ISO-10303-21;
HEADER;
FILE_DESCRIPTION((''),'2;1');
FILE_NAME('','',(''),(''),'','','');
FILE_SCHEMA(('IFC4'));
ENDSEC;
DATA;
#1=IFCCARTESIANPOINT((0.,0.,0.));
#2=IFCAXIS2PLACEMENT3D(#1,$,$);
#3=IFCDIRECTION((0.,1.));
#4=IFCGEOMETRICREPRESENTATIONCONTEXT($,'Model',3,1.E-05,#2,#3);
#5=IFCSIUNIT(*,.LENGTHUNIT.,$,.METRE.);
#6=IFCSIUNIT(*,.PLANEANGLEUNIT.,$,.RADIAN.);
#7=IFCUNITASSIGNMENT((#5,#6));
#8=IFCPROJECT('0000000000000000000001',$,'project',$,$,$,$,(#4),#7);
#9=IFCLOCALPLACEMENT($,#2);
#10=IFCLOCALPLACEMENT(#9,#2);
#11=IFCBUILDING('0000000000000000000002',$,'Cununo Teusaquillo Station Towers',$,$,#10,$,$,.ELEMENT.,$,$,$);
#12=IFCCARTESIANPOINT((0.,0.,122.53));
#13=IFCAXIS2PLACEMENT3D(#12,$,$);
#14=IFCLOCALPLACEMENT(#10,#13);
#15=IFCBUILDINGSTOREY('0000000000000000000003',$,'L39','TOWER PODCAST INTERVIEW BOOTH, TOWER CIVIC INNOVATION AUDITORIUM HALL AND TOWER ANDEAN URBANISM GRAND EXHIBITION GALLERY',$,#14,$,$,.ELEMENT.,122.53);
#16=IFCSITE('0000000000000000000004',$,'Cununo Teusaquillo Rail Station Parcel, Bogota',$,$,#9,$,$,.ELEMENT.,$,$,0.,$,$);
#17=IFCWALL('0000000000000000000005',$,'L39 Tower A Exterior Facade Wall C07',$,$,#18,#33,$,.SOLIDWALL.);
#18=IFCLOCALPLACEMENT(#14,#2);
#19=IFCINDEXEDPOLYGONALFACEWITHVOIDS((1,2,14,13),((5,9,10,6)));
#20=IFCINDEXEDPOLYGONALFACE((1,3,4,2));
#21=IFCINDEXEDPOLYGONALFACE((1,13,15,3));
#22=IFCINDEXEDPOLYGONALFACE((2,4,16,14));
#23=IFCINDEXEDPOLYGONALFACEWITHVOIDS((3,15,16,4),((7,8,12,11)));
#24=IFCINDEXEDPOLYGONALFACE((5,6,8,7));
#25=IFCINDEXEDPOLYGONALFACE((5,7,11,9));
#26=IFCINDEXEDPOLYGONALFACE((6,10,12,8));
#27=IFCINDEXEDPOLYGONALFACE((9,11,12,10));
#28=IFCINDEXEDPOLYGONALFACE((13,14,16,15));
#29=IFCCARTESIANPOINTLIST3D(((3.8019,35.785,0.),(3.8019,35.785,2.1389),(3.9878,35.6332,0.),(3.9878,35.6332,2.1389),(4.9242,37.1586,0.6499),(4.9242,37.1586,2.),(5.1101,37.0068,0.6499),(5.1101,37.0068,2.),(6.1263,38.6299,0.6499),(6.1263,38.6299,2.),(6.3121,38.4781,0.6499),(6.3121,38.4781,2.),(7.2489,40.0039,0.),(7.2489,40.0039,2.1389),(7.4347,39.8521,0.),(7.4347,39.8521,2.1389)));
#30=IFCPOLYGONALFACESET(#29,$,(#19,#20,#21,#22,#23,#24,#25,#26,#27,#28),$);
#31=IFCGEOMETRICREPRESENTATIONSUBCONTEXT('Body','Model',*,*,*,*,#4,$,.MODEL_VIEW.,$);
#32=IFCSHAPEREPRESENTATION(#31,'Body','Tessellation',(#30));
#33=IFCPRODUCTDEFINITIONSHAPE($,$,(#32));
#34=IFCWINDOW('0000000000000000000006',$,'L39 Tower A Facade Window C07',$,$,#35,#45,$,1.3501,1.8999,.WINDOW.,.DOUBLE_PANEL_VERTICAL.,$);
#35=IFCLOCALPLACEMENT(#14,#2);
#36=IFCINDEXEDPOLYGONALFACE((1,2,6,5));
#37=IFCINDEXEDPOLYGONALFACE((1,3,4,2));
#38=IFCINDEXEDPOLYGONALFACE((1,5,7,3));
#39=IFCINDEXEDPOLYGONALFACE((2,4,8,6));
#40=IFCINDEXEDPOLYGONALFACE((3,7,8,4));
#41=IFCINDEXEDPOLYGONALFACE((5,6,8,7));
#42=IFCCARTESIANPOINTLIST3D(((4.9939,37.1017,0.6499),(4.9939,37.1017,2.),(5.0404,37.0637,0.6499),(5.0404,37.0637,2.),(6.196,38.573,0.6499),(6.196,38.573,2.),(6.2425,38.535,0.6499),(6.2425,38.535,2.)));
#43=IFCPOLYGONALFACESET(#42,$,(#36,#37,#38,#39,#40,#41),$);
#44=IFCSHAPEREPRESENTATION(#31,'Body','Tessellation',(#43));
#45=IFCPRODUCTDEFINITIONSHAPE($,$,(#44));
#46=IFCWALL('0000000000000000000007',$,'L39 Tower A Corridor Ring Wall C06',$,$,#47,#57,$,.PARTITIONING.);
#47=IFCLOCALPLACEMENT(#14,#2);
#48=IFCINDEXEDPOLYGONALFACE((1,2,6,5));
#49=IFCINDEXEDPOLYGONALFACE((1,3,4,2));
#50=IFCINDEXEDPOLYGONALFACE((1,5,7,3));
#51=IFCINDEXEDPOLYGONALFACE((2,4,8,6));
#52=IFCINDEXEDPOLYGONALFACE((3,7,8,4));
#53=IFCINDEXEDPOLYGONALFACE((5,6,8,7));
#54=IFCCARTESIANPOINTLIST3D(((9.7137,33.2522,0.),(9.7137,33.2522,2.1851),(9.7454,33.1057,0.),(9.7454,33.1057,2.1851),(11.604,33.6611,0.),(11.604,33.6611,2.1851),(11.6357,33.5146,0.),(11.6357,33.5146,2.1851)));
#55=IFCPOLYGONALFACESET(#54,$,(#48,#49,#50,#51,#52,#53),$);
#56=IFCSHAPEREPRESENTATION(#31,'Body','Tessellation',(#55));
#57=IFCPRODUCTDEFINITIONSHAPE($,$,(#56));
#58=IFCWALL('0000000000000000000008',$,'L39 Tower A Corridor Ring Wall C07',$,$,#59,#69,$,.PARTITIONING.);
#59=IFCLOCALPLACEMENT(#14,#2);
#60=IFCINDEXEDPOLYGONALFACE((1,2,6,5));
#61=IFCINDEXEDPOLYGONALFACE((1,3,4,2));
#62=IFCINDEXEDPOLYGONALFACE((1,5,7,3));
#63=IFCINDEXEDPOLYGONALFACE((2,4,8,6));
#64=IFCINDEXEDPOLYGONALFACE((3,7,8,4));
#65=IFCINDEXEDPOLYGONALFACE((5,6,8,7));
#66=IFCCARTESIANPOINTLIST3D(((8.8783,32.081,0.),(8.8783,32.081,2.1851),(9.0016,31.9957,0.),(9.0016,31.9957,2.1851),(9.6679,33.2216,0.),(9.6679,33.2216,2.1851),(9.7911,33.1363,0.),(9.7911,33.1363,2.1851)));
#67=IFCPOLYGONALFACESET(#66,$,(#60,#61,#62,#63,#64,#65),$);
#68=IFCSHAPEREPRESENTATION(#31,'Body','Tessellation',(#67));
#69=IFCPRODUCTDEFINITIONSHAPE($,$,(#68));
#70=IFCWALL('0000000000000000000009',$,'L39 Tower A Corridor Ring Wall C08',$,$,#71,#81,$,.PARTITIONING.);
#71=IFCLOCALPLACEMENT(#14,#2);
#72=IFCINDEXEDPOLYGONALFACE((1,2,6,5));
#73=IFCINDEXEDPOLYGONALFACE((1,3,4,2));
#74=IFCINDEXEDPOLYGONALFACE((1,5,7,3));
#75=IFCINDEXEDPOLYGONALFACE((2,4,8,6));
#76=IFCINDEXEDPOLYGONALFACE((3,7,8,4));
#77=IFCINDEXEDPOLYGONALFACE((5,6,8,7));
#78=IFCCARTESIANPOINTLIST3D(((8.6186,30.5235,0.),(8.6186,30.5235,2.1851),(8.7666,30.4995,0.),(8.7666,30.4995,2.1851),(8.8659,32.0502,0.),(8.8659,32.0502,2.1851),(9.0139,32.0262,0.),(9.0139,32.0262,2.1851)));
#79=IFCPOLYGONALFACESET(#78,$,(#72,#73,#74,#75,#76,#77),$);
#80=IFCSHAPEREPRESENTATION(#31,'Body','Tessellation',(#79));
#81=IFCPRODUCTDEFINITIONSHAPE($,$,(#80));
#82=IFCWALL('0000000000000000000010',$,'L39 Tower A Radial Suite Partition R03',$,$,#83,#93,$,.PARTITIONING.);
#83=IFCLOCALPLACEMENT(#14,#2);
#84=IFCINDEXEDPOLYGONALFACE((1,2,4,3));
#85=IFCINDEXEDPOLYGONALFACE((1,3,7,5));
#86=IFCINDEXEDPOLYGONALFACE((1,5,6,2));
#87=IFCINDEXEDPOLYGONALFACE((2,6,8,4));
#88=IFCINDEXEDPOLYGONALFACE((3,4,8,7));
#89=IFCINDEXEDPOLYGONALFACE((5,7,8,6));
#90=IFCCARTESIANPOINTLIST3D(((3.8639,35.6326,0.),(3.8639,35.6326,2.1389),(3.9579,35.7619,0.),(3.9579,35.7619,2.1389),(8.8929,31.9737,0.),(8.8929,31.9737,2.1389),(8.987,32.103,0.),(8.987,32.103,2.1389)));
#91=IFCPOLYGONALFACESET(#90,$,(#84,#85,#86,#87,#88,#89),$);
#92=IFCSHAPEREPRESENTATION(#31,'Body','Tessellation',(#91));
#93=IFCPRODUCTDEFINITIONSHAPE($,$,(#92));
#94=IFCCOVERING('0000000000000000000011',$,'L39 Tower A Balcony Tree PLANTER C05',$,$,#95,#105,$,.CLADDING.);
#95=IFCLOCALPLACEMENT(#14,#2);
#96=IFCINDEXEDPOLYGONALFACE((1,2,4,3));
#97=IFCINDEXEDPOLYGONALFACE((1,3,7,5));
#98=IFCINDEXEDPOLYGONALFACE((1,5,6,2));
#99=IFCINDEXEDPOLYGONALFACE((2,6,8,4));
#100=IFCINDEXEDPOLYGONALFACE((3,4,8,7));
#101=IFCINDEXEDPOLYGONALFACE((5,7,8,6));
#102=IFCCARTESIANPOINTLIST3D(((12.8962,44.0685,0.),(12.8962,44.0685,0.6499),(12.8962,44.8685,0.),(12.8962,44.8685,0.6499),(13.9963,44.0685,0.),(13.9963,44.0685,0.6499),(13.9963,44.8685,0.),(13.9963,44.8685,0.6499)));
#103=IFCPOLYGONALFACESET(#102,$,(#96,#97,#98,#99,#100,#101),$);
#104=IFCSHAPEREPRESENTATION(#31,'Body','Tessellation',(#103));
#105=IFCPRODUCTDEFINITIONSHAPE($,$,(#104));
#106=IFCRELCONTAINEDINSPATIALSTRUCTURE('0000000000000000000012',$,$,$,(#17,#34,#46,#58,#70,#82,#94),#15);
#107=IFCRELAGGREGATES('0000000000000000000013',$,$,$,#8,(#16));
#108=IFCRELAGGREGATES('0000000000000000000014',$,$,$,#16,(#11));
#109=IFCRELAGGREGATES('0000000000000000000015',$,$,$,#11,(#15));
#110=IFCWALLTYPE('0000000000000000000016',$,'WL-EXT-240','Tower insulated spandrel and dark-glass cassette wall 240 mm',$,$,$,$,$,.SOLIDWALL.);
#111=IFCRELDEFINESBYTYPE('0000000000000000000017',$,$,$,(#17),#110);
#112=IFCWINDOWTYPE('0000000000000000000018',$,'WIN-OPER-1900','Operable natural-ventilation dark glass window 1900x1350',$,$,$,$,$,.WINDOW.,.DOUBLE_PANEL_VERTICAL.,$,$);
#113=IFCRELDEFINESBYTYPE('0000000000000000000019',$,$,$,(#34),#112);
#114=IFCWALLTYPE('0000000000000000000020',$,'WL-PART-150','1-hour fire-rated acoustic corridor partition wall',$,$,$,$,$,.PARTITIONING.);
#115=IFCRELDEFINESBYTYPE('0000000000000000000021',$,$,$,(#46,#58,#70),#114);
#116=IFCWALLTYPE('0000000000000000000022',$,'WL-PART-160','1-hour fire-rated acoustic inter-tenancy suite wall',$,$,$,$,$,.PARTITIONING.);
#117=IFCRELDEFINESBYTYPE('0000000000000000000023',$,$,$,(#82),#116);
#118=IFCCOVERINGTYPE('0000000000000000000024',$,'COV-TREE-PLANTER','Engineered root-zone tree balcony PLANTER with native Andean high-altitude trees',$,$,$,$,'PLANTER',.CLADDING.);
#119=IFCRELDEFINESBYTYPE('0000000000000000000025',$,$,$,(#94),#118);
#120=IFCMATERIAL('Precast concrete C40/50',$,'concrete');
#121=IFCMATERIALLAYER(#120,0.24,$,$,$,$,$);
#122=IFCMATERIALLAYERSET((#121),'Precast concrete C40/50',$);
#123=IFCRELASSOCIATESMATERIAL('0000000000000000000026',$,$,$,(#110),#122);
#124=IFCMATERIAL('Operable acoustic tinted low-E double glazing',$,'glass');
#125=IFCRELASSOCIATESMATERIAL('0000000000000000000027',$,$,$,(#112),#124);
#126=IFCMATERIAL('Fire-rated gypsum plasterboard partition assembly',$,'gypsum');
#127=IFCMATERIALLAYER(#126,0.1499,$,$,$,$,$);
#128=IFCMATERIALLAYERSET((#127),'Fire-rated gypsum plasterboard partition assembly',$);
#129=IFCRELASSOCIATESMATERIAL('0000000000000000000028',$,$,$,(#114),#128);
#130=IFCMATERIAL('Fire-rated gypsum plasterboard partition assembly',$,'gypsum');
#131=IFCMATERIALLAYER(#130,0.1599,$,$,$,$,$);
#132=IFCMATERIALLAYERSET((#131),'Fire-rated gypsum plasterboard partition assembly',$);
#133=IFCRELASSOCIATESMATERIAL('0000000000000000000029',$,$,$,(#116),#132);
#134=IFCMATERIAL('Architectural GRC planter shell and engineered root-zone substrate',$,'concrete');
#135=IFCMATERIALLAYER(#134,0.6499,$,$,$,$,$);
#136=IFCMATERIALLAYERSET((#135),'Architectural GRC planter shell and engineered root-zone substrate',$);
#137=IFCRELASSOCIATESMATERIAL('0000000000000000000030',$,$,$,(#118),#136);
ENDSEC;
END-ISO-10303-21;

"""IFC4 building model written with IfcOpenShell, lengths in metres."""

from ifc_helpers import new_model, si_unit, direction, frame, frame_2d, origin, origin_2d, place, context, subcontext, project, spatial, rectangle, extrude, source, transform, mapped, material, layer, layer_set, type_object, element, fill, save


model = new_model("IFC4")

# Units and contexts
model_context = context("Model", 3, precision=1e-05, world=origin(), true_north=direction((0.0, 1.0)))
body_context = subcontext(model_context, "Body", "Model", "MODEL_VIEW")
ifc_project = project(units=[si_unit("LENGTHUNIT", "METRE"), si_unit("PLANEANGLEUNIT", "RADIAN")], contexts=[model_context])

# Site, building, storey
site_placement = place(None, origin())
site = spatial("IfcSite", under=ifc_project, at=site_placement, Name="Cununo Teusaquillo Rail Station Parcel, Bogota", CompositionType="ELEMENT", RefElevation=0.0)
building_placement = place(site_placement, origin())
building = spatial("IfcBuilding", under=site, at=building_placement, Name="Cununo Teusaquillo Station Towers", CompositionType="ELEMENT")
storey_placement = place(building_placement, frame((0.0, 0.0, 122.53)))
storey = spatial("IfcBuildingStorey", under=building, at=storey_placement, Name="L39", Description="TOWER PODCAST INTERVIEW BOOTH, TOWER CIVIC INNOVATION AUDITORIUM HALL AND TOWER ANDEAN URBANISM GRAND EXHIBITION GALLERY", CompositionType="ELEMENT", Elevation=122.53)

# Shared definitions
ifc_material_1 = material(Name="Precast concrete C40/50", Category="concrete")
ifc_layer_1 = layer(ifc_material_1, 0.24)
ifc_layer_set_1 = layer_set([ifc_layer_1], Name="Precast concrete C40/50")
wall_type_1 = type_object("IfcWallType", Name="WL-EXT-240", Description="Tower insulated spandrel and dark-glass cassette wall 240 mm", PredefinedType="SOLIDWALL", material=ifc_layer_set_1)
shared_shape_1 = source(origin(), body_context, "Body", "SweptSolid", [
    extrude(rectangle(XDim=1.8999, YDim=1.3501, at=frame_2d((0.95, 0.675))), frame((0.0, 0.1299, 0.0), z_axis=(0.0, -1.0, 0.0), x_axis=(1.0, 0.0, 0.0)), (0.0, 0.0, 1.0), 0.26),
])
ifc_material_2 = material(Name="Operable acoustic tinted low-E double glazing", Category="glass")
window_type = type_object("IfcWindowType", Name="WIN-OPER-1900", Description="Operable natural-ventilation dark glass window 1900x1350", PartitioningType="DOUBLE_PANEL_VERTICAL", PredefinedType="WINDOW", material=ifc_material_2)
shared_shape_2 = source(origin(), body_context, "Body", "SweptSolid", [
    extrude(rectangle(XDim=1.8999, YDim=1.3501, at=frame_2d((0.95, 0.675))), frame((0.0, 0.03, 0.0), z_axis=(0.0, -1.0, 0.0), x_axis=(1.0, 0.0, 0.0)), (0.0, 0.0, 1.0), 0.0601),
])

# Wall, opening, window
wall_1_placement = place(storey_placement, frame((3.8948, 35.709, 0.0), z_axis=(0.0, 0.0, 1.0), x_axis=(0.632701, 0.774396, 0.0)))
wall_1 = element("IfcWall", 1, at=wall_1_placement, inside=storey, type_object=wall_type_1, Name="L39 Tower A Exterior Facade Wall C07", PredefinedType="SOLIDWALL", context=body_context, shape_type="SweptSolid", body=[
    extrude(rectangle(XDim=5.448, YDim=0.24, at=frame_2d((2.7241, 0.0))), origin(), (0.0, 0.0, 1.0), 2.1389),
])
opening_1_placement = place(wall_1_placement, frame((1.7739, 0.0, 0.6499)))
opening_1 = element("IfcOpeningElement", 2, at=opening_1_placement, cuts=wall_1, PredefinedType="OPENING", context=body_context, shape_type="MappedRepresentation", body=[
    mapped(shared_shape_1, transform((0.0, 0.0, 0.0), x_axis=(1.0, 0.0, 0.0), y_axis=(0.0, 1.0, 0.0), z_axis=(0.0, 0.0, 1.0), scale=1.0)),
])
window_1_placement = place(opening_1_placement, origin())
window_1 = element("IfcWindow", 3, at=window_1_placement, inside=storey, type_object=window_type, Name="L39 Tower A Facade Window C07", OverallHeight=1.3501, OverallWidth=1.8999, PartitioningType="DOUBLE_PANEL_VERTICAL", PredefinedType="WINDOW", context=body_context, shape_type="MappedRepresentation", body=[
    mapped(shared_shape_2, transform((0.0, 0.0, 0.0), x_axis=(1.0, 0.0, 0.0), y_axis=(0.0, 1.0, 0.0), z_axis=(0.0, 0.0, 1.0), scale=1.0)),
])
fill(opening_1, window_1)

# Walls
ifc_material_3 = material(Name="Fire-rated gypsum plasterboard partition assembly", Category="gypsum")
ifc_layer_2 = layer(ifc_material_3, 0.1499)
ifc_layer_set_2 = layer_set([ifc_layer_2], Name="Fire-rated gypsum plasterboard partition assembly")
wall_type_2 = type_object("IfcWallType", Name="WL-PART-150", Description="1-hour fire-rated acoustic corridor partition wall", PredefinedType="PARTITIONING", material=ifc_layer_set_2)
wall_2_placement = place(storey_placement, frame((11.6199, 33.5879, 0.0), z_axis=(0.0, 0.0, 1.0), x_axis=(-0.977392, -0.211434, 0.0)))
element("IfcWall", 4, at=wall_2_placement, inside=storey, type_object=wall_type_2, Name="L39 Tower A Corridor Ring Wall C06", PredefinedType="PARTITIONING", context=body_context, shape_type="SweptSolid", body=[
    extrude(rectangle(XDim=1.9341, YDim=0.1499, at=frame_2d((0.967, 0.0))), origin(), (0.0, 0.0, 1.0), 2.1851),
])
wall_3_placement = place(storey_placement, frame((9.7295, 33.179, 0.0), z_axis=(0.0, 0.0, 1.0), x_axis=(-0.569155, -0.82223, 0.0)))
element("IfcWall", 5, at=wall_3_placement, inside=storey, type_object=wall_type_2, Name="L39 Tower A Corridor Ring Wall C07", PredefinedType="PARTITIONING", context=body_context, shape_type="SweptSolid", body=[
    extrude(rectangle(XDim=1.3872, YDim=0.1499, at=frame_2d((0.6936, 0.0))), origin(), (0.0, 0.0, 1.0), 2.1851),
])
wall_4_placement = place(storey_placement, frame((8.9399, 32.0383, 0.0), z_axis=(0.0, 0.0, 1.0), x_axis=(-0.159917, -0.98713, 0.0)))
element("IfcWall", 6, at=wall_4_placement, inside=storey, type_object=wall_type_2, Name="L39 Tower A Corridor Ring Wall C08", PredefinedType="PARTITIONING", context=body_context, shape_type="SweptSolid", body=[
    extrude(rectangle(XDim=1.5466, YDim=0.1499, at=frame_2d((0.7734, 0.0))), origin(), (0.0, 0.0, 1.0), 2.1851),
])
ifc_material_4 = material(Name="Fire-rated gypsum plasterboard partition assembly", Category="gypsum")
ifc_layer_3 = layer(ifc_material_4, 0.1599)
ifc_layer_set_3 = layer_set([ifc_layer_3], Name="Fire-rated gypsum plasterboard partition assembly")
wall_type_3 = type_object("IfcWallType", Name="WL-PART-160", Description="1-hour fire-rated acoustic inter-tenancy suite wall", PredefinedType="PARTITIONING", material=ifc_layer_set_3)
wall_5_placement = place(storey_placement, frame((8.9399, 32.0383, 0.0), z_axis=(0.0, 0.0, 1.0), x_axis=(-0.808626, 0.588323, 0.0)))
element("IfcWall", 7, at=wall_5_placement, inside=storey, type_object=wall_type_3, Name="L39 Tower A Radial Suite Partition R03", PredefinedType="PARTITIONING", context=body_context, shape_type="SweptSolid", body=[
    extrude(rectangle(XDim=6.2192, YDim=0.1599, at=frame_2d((3.1096, 0.0))), origin(), (0.0, 0.0, 1.0), 2.1389),
])

# Covering
ifc_material_5 = material(Name="Architectural GRC planter shell and engineered root-zone substrate", Category="concrete")
ifc_layer_4 = layer(ifc_material_5, 0.6499)
ifc_layer_set_4 = layer_set([ifc_layer_4], Name="Architectural GRC planter shell and engineered root-zone substrate")
covering_type = type_object("IfcCoveringType", Name="COV-TREE-PLANTER", Description="Engineered root-zone tree balcony PLANTER with native Andean high-altitude trees", ElementType="PLANTER", PredefinedType="CLADDING", material=ifc_layer_set_4)
shared_shape_3 = source(origin(), body_context, "Body", "SweptSolid", [
    extrude(rectangle(XDim=1.1001, YDim=0.8, at=origin_2d()), origin(), (0.0, 0.0, 1.0), 0.6499),
])
covering_placement = place(storey_placement, frame((13.4463, 44.4685, 0.0), z_axis=(0.0, 0.0, 1.0), x_axis=(1.0, 0.0, 0.0)))
element("IfcCovering", 8, at=covering_placement, inside=storey, type_object=covering_type, Name="L39 Tower A Balcony Tree PLANTER C05", PredefinedType="CLADDING", context=body_context, shape_type="MappedRepresentation", body=[
    mapped(shared_shape_3, transform((0.0, 0.0, 0.0), x_axis=(1.0, 0.0, 0.0), y_axis=(0.0, 1.0, 0.0), z_axis=(0.0, 0.0, 1.0), scale=1.0)),
])

save(model, "model.ifc")
